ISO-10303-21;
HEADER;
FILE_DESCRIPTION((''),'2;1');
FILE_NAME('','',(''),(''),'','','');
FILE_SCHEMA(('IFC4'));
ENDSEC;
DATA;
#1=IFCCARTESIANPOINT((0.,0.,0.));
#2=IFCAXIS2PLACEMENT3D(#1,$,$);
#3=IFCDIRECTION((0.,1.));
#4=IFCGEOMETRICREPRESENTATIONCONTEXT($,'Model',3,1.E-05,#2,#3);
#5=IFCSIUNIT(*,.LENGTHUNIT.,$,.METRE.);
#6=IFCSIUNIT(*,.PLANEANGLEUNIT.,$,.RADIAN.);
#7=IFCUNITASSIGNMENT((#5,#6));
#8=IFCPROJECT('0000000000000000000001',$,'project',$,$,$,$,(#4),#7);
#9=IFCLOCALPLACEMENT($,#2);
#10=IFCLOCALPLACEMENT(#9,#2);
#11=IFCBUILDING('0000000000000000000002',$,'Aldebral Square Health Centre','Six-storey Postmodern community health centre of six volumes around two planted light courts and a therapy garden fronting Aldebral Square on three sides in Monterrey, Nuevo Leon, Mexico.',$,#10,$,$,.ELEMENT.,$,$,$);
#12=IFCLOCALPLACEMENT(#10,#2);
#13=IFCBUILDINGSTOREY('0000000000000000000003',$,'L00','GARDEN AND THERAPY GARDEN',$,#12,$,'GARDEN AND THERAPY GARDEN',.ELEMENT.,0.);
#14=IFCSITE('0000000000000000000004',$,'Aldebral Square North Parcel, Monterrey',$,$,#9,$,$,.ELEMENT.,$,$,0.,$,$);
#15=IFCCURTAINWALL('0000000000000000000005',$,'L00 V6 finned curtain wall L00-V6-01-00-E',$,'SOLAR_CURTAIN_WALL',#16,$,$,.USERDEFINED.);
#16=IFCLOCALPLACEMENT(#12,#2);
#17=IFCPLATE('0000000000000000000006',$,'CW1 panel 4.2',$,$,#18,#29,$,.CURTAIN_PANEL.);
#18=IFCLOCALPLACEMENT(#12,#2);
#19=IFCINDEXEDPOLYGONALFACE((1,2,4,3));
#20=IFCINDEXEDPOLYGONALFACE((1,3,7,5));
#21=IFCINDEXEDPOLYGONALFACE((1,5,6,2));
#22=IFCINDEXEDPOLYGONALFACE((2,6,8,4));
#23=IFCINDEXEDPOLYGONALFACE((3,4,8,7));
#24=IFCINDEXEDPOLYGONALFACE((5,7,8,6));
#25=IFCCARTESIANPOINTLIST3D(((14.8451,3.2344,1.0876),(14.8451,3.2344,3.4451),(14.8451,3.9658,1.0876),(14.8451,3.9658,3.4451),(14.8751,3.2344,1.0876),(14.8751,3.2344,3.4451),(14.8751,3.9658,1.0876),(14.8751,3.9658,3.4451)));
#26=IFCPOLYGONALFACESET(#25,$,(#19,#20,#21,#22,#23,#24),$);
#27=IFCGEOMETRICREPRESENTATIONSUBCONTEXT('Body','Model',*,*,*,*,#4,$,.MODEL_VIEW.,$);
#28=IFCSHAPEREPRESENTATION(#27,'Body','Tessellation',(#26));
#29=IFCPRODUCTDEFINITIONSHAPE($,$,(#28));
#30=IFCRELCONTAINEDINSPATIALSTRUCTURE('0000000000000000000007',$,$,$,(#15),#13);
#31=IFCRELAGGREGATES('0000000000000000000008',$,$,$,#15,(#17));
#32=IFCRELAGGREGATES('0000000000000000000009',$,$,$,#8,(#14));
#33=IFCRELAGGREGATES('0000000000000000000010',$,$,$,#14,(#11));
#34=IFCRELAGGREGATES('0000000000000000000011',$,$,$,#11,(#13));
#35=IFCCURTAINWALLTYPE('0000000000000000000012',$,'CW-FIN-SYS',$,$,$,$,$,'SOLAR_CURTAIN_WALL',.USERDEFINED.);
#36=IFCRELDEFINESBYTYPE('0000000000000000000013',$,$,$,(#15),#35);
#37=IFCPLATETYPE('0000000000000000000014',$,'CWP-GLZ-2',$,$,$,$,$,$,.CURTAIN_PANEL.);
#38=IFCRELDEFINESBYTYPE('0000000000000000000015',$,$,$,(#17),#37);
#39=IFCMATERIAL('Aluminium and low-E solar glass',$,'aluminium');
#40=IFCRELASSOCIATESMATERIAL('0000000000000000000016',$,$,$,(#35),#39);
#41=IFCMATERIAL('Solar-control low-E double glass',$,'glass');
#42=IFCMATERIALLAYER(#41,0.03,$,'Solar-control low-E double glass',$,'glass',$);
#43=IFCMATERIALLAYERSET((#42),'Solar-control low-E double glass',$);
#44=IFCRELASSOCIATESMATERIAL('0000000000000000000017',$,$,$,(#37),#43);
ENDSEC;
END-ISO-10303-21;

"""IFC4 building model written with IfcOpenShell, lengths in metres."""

from ifc_helpers import new_model, si_unit, direction, frame, origin, origin_2d, place, context, subcontext, project, spatial, rectangle, extrude, material, layer, layer_set, type_object, element, aggregate, save


model = new_model("IFC4")

# Units and contexts
model_context = context("Model", 3, precision=1e-05, world=origin(), true_north=direction((0.0, 1.0)))
body_context = subcontext(model_context, "Body", "Model", "MODEL_VIEW")
ifc_project = project(units=[si_unit("LENGTHUNIT", "METRE"), si_unit("PLANEANGLEUNIT", "RADIAN")], contexts=[model_context])

# Site, building, storey
site_placement = place(None, origin())
site = spatial("IfcSite", under=ifc_project, at=site_placement, Name="Aldebral Square North Parcel, Monterrey", CompositionType="ELEMENT", RefElevation=0.0)
building_placement = place(site_placement, origin())
building = spatial("IfcBuilding", under=site, at=building_placement, Name="Aldebral Square Health Centre", Description="Six-storey Postmodern community health centre of six volumes around two planted light courts and a therapy garden fronting Aldebral Square on three sides in Monterrey, Nuevo Leon, Mexico.", CompositionType="ELEMENT")
storey_placement = place(building_placement, origin())
storey = spatial("IfcBuildingStorey", under=building, at=storey_placement, Name="L00", Description="GARDEN AND THERAPY GARDEN", LongName="GARDEN AND THERAPY GARDEN", CompositionType="ELEMENT", Elevation=0.0)

# Curtain wall, plate
ifc_material_1 = material(Name="Aluminium and low-E solar glass", Category="aluminium")
curtain_wall_type = type_object("IfcCurtainWallType", Name="CW-FIN-SYS", ElementType="SOLAR_CURTAIN_WALL", PredefinedType="USERDEFINED", material=ifc_material_1)
curtain_wall_placement = place(storey_placement, origin())
curtain_wall = element("IfcCurtainWall", 1, at=curtain_wall_placement, inside=storey, type_object=curtain_wall_type, Name="L00 V6 finned curtain wall L00-V6-01-00-E", ObjectType="SOLAR_CURTAIN_WALL", PredefinedType="USERDEFINED")
ifc_material_2 = material(Name="Solar-control low-E double glass", Category="glass")
ifc_layer_1 = layer(ifc_material_2, 0.03, Name="Solar-control low-E double glass", Category="glass")
ifc_layer_set_1 = layer_set([ifc_layer_1], Name="Solar-control low-E double glass")
plate_type = type_object("IfcPlateType", Name="CWP-GLZ-2", PredefinedType="CURTAIN_PANEL", material=ifc_layer_set_1)
plate_1_placement = place(storey_placement, frame((14.8601, 3.6001, 1.0876), z_axis=(0.0, 0.0, 1.0), x_axis=(0.0, 1.0, 0.0)))
plate_1 = element("IfcPlate", 2, at=plate_1_placement, type_object=plate_type, Name="CW1 panel 4.2", PredefinedType="CURTAIN_PANEL", context=body_context, shape_type="SweptSolid", body=[
    extrude(rectangle(XDim=0.7314, YDim=0.03, at=origin_2d()), origin(), (0.0, 0.0, 1.0), 2.3574),
])
aggregate(curtain_wall, [plate_1])

save(model, "model.ifc")
